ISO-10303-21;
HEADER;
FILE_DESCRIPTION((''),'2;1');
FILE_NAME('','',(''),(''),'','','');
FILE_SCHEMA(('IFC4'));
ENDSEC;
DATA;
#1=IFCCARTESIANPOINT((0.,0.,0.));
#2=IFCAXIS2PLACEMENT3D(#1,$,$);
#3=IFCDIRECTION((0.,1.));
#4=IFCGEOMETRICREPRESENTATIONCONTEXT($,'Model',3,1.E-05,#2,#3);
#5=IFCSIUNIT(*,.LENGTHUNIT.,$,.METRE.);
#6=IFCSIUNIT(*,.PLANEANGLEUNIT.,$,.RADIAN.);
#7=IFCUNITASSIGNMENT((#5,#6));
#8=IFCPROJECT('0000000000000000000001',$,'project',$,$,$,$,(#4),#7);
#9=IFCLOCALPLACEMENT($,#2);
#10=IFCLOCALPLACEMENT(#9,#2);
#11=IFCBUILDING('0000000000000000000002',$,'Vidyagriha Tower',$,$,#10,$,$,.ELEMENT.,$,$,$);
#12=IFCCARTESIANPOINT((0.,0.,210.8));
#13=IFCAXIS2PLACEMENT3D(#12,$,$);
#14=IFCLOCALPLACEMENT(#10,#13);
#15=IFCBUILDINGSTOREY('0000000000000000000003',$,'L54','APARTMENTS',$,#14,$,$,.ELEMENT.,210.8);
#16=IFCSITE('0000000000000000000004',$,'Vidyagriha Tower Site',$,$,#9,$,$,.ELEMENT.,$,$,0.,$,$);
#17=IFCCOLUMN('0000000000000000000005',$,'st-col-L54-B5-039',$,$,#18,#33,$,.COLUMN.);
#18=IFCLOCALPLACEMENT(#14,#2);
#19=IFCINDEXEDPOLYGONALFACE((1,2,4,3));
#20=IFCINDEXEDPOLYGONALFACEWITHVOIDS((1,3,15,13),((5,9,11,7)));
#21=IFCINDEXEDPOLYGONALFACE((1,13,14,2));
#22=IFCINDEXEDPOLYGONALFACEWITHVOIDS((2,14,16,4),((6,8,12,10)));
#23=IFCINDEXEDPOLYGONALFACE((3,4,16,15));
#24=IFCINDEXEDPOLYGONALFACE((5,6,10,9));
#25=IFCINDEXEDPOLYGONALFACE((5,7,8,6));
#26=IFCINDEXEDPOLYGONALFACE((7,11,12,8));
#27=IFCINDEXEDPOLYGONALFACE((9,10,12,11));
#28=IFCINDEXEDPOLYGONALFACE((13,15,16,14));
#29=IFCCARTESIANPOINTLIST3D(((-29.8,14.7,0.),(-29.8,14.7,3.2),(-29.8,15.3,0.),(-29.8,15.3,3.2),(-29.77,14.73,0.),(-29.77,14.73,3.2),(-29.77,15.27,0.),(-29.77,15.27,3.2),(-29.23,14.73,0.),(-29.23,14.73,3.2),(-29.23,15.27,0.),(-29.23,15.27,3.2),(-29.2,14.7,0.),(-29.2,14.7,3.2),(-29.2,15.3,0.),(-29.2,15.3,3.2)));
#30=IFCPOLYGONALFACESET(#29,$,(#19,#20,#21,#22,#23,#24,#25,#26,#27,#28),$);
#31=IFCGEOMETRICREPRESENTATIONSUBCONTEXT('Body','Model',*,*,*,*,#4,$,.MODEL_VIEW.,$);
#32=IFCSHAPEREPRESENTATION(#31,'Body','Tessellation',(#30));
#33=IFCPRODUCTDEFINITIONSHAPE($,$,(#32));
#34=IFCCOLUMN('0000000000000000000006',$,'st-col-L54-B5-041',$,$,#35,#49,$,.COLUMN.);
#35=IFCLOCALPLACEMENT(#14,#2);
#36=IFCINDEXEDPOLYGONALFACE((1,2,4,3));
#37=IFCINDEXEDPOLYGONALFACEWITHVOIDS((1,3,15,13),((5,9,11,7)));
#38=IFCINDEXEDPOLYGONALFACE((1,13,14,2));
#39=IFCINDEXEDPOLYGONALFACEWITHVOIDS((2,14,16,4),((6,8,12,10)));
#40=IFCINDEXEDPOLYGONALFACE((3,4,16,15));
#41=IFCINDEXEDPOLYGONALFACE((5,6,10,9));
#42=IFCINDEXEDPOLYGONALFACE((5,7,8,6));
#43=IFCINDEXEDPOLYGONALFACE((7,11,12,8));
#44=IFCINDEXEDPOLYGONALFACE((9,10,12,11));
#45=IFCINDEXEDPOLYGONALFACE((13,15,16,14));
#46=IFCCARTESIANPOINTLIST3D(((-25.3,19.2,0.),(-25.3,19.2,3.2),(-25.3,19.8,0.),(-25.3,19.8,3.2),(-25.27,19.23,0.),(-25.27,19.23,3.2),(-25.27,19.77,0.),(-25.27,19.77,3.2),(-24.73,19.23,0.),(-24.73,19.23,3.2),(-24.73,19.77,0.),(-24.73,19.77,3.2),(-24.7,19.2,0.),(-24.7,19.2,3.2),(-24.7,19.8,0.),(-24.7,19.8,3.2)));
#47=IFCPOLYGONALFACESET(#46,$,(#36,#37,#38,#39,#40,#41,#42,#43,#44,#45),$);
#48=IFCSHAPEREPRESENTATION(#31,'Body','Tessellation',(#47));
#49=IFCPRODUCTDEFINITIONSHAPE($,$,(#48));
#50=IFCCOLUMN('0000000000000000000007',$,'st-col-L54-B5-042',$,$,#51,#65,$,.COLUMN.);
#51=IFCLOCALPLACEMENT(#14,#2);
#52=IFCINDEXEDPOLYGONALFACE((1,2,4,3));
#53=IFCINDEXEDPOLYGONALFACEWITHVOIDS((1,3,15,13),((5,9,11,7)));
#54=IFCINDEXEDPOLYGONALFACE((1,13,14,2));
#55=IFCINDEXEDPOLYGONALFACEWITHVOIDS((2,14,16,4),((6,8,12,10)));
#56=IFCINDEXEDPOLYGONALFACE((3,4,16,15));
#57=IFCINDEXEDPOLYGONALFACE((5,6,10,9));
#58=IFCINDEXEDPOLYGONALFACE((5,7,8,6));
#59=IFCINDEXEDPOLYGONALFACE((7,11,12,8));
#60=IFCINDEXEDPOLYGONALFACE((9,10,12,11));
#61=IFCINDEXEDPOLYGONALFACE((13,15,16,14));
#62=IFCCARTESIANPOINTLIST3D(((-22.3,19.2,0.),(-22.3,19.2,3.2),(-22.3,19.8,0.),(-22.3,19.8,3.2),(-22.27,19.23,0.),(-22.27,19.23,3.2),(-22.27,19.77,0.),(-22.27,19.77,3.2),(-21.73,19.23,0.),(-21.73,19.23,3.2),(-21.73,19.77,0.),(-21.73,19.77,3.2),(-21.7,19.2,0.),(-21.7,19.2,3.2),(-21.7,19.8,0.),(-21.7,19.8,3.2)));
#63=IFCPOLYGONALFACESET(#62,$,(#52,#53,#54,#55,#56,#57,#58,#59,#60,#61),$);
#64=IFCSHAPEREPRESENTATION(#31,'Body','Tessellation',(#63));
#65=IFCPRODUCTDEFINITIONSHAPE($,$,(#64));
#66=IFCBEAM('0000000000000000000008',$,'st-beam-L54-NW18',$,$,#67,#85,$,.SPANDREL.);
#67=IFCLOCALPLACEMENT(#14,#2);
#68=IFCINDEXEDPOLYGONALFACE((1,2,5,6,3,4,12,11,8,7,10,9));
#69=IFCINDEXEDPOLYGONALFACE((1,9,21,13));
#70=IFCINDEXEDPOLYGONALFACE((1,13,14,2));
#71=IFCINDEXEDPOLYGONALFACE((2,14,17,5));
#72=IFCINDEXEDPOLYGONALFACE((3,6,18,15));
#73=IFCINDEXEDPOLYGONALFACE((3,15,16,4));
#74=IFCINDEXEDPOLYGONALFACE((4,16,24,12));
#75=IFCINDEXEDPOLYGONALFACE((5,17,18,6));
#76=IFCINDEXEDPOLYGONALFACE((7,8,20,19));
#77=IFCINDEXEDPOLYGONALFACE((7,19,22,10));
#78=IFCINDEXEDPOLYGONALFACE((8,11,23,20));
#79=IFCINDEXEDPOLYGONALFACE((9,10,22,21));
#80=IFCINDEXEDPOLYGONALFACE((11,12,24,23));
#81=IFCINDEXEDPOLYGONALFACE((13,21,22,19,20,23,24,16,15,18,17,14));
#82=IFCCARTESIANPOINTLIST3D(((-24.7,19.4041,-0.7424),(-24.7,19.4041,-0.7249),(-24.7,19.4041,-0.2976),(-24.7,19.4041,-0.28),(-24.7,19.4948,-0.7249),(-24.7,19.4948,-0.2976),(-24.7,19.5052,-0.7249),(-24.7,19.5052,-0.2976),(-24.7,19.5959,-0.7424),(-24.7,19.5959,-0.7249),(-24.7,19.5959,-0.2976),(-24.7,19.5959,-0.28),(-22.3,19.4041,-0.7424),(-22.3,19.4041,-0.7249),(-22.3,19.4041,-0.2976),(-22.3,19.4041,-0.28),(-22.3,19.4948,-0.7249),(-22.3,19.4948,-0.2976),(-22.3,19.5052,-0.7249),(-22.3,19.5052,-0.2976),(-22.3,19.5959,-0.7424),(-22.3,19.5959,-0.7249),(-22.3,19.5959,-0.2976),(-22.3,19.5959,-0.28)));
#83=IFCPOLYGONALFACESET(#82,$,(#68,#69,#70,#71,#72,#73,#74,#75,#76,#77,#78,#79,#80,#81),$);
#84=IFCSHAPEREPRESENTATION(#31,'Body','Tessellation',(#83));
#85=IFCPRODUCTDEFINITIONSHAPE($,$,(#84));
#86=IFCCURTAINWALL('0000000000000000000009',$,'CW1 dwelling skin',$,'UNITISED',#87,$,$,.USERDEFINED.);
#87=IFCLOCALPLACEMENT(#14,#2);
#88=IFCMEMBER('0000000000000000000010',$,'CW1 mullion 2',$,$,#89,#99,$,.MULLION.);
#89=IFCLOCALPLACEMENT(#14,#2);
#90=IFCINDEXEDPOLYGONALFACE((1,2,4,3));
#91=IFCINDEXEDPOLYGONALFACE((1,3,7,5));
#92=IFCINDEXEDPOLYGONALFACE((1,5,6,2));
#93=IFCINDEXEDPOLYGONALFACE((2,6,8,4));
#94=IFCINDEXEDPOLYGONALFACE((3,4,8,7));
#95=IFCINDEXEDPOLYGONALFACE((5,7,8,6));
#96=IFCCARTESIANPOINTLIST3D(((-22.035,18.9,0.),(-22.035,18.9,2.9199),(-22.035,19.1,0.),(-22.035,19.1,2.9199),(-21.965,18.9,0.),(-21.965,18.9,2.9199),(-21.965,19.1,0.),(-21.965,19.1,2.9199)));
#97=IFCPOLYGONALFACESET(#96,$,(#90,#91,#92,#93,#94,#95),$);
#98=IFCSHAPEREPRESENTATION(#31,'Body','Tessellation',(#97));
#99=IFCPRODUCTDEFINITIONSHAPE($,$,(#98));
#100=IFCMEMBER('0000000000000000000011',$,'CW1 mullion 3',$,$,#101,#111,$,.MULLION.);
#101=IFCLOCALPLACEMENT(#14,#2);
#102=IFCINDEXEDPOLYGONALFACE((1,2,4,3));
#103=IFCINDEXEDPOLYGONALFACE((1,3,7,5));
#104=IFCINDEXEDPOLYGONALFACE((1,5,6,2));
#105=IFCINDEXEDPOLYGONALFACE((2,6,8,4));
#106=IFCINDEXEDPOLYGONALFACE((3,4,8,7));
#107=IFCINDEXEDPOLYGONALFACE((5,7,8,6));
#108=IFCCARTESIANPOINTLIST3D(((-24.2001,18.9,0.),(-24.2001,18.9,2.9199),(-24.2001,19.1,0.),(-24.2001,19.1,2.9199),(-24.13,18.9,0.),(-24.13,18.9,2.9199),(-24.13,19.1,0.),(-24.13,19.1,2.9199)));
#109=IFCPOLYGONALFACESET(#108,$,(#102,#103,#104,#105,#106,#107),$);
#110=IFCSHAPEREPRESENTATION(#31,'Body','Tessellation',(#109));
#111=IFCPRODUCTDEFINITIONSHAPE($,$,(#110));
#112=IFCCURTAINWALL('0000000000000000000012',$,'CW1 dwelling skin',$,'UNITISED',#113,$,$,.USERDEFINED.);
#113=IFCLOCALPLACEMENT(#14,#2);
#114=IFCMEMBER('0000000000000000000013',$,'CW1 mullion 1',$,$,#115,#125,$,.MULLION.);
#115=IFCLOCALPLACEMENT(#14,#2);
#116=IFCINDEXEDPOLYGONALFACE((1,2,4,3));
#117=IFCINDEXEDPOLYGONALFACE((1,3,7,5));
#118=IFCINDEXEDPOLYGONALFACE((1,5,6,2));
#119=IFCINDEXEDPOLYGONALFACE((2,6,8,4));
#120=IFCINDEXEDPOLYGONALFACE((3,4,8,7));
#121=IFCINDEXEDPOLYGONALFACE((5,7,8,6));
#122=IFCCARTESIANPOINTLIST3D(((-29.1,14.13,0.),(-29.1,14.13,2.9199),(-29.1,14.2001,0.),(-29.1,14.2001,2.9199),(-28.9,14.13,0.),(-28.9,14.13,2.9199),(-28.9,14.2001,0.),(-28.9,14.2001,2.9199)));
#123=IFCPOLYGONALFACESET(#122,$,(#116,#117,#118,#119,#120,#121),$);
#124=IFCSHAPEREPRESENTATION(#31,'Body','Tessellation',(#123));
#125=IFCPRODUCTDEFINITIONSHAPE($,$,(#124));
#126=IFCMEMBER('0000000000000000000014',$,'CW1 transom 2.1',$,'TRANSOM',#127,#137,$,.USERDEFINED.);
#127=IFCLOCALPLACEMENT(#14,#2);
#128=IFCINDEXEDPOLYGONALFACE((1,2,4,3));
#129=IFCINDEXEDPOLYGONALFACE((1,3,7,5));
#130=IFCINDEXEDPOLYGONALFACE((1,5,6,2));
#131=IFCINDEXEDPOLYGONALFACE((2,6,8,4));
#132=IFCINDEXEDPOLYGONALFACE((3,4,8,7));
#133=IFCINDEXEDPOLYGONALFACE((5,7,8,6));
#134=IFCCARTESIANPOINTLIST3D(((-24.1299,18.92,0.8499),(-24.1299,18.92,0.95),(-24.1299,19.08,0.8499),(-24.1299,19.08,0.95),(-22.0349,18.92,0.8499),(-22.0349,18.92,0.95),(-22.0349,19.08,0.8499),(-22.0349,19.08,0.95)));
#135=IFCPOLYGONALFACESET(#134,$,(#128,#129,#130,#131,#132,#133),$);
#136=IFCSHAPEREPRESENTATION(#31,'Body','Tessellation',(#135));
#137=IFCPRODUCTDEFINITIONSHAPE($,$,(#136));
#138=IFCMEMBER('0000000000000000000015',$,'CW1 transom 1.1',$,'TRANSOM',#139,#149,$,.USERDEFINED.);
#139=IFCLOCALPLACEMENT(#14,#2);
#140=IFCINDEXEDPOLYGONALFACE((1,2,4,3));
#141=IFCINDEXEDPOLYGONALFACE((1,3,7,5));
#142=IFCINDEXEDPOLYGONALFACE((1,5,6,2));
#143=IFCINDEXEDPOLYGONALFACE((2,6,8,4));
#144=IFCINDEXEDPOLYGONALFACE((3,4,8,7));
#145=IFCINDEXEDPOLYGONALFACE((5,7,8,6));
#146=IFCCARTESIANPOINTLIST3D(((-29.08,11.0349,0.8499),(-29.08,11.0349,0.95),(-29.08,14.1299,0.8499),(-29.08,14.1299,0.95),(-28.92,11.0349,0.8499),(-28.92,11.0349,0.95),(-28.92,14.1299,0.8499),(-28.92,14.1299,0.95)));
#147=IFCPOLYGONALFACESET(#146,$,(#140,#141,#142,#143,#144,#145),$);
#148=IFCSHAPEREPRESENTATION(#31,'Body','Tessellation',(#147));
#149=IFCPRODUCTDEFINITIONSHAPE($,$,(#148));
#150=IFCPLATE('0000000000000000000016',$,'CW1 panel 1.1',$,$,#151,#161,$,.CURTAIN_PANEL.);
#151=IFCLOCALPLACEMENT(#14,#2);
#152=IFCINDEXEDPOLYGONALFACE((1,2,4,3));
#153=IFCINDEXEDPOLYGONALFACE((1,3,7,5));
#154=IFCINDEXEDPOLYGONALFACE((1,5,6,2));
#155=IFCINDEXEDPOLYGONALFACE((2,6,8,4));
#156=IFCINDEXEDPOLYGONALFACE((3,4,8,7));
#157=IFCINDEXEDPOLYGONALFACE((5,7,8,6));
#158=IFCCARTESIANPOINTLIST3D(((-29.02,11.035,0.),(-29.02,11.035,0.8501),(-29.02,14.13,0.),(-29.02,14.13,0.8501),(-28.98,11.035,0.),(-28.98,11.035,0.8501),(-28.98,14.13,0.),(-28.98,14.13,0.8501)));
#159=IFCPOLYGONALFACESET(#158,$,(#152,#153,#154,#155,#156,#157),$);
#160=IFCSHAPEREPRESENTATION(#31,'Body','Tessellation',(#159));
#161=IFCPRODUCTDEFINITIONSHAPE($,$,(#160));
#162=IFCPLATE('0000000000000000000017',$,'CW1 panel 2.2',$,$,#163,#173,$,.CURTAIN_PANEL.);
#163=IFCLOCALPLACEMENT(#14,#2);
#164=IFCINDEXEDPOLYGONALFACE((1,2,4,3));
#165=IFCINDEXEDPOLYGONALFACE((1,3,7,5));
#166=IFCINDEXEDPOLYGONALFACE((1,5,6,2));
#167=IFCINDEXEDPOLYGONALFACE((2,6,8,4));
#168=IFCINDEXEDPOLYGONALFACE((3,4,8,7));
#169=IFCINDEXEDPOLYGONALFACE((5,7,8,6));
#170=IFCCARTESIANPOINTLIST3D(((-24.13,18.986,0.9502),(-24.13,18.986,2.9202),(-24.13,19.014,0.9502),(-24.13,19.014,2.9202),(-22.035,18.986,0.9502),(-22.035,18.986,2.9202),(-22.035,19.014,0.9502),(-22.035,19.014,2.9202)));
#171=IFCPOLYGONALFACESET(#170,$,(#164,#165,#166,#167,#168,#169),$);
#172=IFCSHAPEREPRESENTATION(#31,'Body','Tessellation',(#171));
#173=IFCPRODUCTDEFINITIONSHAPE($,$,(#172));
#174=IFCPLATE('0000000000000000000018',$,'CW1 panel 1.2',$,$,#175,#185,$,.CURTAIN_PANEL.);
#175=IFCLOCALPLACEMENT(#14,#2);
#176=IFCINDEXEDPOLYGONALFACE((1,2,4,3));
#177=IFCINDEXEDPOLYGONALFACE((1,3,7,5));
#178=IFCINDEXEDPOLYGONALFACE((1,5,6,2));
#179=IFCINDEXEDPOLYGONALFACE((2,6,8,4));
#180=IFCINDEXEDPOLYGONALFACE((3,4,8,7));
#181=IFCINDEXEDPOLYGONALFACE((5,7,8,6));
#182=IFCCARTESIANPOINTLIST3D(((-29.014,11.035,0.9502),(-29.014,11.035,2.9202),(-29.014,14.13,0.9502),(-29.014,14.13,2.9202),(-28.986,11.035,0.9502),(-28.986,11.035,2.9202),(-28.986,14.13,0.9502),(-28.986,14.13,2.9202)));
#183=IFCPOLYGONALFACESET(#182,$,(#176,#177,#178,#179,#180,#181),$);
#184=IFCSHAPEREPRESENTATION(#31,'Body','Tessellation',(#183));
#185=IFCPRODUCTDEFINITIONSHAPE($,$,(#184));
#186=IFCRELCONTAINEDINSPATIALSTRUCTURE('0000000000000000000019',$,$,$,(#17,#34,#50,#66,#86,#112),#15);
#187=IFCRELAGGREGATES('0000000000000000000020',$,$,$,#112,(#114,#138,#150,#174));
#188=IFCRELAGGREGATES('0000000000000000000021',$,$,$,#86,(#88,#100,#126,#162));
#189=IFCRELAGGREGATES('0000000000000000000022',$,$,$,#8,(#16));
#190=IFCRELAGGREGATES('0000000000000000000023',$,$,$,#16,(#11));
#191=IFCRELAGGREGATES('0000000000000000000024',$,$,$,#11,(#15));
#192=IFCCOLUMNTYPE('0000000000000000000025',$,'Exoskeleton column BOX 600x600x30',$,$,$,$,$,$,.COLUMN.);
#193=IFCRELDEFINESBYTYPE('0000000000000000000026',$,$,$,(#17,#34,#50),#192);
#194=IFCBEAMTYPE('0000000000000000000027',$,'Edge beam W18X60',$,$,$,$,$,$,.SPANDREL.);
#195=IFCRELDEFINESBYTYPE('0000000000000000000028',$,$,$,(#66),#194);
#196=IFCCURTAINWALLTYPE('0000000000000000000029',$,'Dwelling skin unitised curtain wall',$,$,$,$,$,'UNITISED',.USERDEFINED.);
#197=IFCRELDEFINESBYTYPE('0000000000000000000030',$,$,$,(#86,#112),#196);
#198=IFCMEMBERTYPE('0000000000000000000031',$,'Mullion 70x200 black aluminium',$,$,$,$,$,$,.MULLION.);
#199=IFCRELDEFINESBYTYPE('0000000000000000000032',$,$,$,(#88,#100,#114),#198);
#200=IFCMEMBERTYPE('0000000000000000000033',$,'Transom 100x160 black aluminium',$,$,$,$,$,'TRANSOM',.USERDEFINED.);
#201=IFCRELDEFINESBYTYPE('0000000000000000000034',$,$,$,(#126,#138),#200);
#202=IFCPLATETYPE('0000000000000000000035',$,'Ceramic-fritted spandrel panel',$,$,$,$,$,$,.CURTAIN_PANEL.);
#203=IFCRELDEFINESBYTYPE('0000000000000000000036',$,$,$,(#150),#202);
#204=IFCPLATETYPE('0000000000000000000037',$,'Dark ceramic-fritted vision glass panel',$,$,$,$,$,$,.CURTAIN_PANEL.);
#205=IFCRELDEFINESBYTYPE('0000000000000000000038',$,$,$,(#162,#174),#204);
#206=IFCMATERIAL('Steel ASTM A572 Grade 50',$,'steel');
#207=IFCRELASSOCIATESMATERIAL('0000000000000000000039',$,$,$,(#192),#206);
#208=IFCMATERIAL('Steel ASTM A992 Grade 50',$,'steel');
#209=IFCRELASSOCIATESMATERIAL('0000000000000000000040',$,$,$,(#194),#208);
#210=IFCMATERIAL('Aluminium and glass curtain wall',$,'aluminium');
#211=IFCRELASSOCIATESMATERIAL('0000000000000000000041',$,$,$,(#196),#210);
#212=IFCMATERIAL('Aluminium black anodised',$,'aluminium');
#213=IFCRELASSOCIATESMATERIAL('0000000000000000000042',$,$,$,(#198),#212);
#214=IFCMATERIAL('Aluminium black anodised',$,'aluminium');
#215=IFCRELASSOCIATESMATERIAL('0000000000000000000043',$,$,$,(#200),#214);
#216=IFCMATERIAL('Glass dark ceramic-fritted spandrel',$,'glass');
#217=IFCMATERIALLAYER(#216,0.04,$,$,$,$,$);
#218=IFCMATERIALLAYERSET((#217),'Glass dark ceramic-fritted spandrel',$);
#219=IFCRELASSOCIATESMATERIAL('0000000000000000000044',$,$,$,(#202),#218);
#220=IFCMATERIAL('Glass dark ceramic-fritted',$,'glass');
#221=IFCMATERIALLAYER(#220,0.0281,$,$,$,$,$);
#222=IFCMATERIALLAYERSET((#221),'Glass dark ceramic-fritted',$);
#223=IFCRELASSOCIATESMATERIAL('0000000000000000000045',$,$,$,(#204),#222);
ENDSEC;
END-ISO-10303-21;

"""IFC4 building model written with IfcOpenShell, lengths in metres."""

from ifc_helpers import new_model, si_unit, direction, frame, origin, origin_2d, place, context, subcontext, project, spatial, rectangle, hollow_rectangle, i_section, extrude, material, layer, layer_set, material_profile, profile_set, type_object, element, aggregate, save


model = new_model("IFC4")

# Units and contexts
model_context = context("Model", 3, precision=1e-05, world=origin(), true_north=direction((0.0, 1.0)))
body_context = subcontext(model_context, "Body", "Model", "MODEL_VIEW")
ifc_project = project(units=[si_unit("LENGTHUNIT", "METRE"), si_unit("PLANEANGLEUNIT", "RADIAN")], contexts=[model_context])

# Site, building, storey
site_placement = place(None, origin())
site = spatial("IfcSite", under=ifc_project, at=site_placement, Name="Vidyagriha Tower Site", CompositionType="ELEMENT", RefElevation=0.0)
building_placement = place(site_placement, origin())
building = spatial("IfcBuilding", under=site, at=building_placement, Name="Vidyagriha Tower", CompositionType="ELEMENT")
storey_placement = place(building_placement, frame((0.0, 0.0, 210.8)))
storey = spatial("IfcBuildingStorey", under=building, at=storey_placement, Name="L54", Description="APARTMENTS", CompositionType="ELEMENT", Elevation=210.8)

# Columns
ifc_material_1 = material(Name="Steel ASTM A572 Grade 50", Category="steel")
ifc_material_profile_1 = material_profile(ifc_material_1, hollow_rectangle(XDim=0.6001, YDim=0.6001, WallThickness=0.03, at=origin_2d()), Name="BOX 600x600x30")
ifc_profile_set_1 = profile_set([ifc_material_profile_1], Name="Steel ASTM A572 Grade 50")
column_type = type_object("IfcColumnType", Name="Exoskeleton column BOX 600x600x30", PredefinedType="COLUMN", material=ifc_profile_set_1)
for number, where, name in (
    (1, (-29.5, 15.0, 0.0), "st-col-L54-B5-039"),
    (2, (-25.0, 19.5, 0.0), "st-col-L54-B5-041"),
    (3, (-22.0, 19.5, 0.0), "st-col-L54-B5-042"),
):
    element("IfcColumn", number, at=place(storey_placement, frame(where)), inside=storey, type_object=column_type, Name=name, PredefinedType="COLUMN", context=body_context, shape_type="SweptSolid", body=[
        extrude(hollow_rectangle(XDim=0.6001, YDim=0.6001, WallThickness=0.03, at=origin_2d()), origin(), (0.0, 0.0, 1.0), 3.2),
    ])

# Beam
ifc_material_2 = material(Name="Steel ASTM A992 Grade 50", Category="steel")
ifc_material_profile_2 = material_profile(ifc_material_2, i_section(OverallWidth=0.1919, OverallDepth=0.4624, WebThickness=0.0105, FlangeThickness=0.0176, at=origin_2d()), Name="W18X60")
ifc_profile_set_2 = profile_set([ifc_material_profile_2], Name="Steel ASTM A992 Grade 50")
beam_type = type_object("IfcBeamType", Name="Edge beam W18X60", PredefinedType="SPANDREL", material=ifc_profile_set_2)
beam_placement = place(storey_placement, frame((-24.7, 19.5, -0.5112), z_axis=(1.0, 0.0, 0.0), x_axis=(0.0, 1.0, 0.0)))
element("IfcBeam", 4, at=beam_placement, inside=storey, type_object=beam_type, Name="st-beam-L54-NW18", PredefinedType="SPANDREL", context=body_context, shape_type="SweptSolid", body=[
    extrude(i_section(OverallWidth=0.1919, OverallDepth=0.4624, WebThickness=0.0105, FlangeThickness=0.0176, at=origin_2d()), origin(), (0.0, 0.0, 1.0), 2.3999),
])

# Curtain wall, members
ifc_material_3 = material(Name="Aluminium and glass curtain wall", Category="aluminium")
curtain_wall_type = type_object("IfcCurtainWallType", Name="Dwelling skin unitised curtain wall", ElementType="UNITISED", PredefinedType="USERDEFINED", material=ifc_material_3)
curtain_wall_1_placement = place(storey_placement, origin())
curtain_wall_1 = element("IfcCurtainWall", 5, at=curtain_wall_1_placement, inside=storey, type_object=curtain_wall_type, Name="CW1 dwelling skin", ObjectType="UNITISED", PredefinedType="USERDEFINED")
ifc_material_4 = material(Name="Aluminium black anodised", Category="aluminium")
ifc_material_profile_3 = material_profile(ifc_material_4, rectangle(XDim=0.2, YDim=0.0701, at=origin_2d()), Name="Mullion 70x200 black aluminium")
ifc_profile_set_3 = profile_set([ifc_material_profile_3], Name="Aluminium black anodised")
member_type_1 = type_object("IfcMemberType", Name="Mullion 70x200 black aluminium", PredefinedType="MULLION", material=ifc_profile_set_3)
member_1_placement = place(storey_placement, frame((-22.0, 19.0, 0.0), z_axis=(0.0, 0.0, 1.0), x_axis=(0.0, -1.0, 0.0)))
member_1 = element("IfcMember", 6, at=member_1_placement, type_object=member_type_1, Name="CW1 mullion 2", PredefinedType="MULLION", context=body_context, shape_type="SweptSolid", body=[
    extrude(rectangle(XDim=0.2, YDim=0.0701, at=origin_2d()), origin(), (0.0, 0.0, 1.0), 2.9199),
])
member_2_placement = place(storey_placement, frame((-24.165, 19.0, 0.0), z_axis=(0.0, 0.0, 1.0), x_axis=(0.0, -1.0, 0.0)))
member_2 = element("IfcMember", 7, at=member_2_placement, type_object=member_type_1, Name="CW1 mullion 3", PredefinedType="MULLION", context=body_context, shape_type="SweptSolid", body=[
    extrude(rectangle(XDim=0.2, YDim=0.0701, at=origin_2d()), origin(), (0.0, 0.0, 1.0), 2.9199),
])

# Curtain wall, member
curtain_wall_2_placement = place(storey_placement, origin())
curtain_wall_2 = element("IfcCurtainWall", 8, at=curtain_wall_2_placement, inside=storey, type_object=curtain_wall_type, Name="CW1 dwelling skin", ObjectType="UNITISED", PredefinedType="USERDEFINED")
member_3_placement = place(storey_placement, frame((-29.0, 14.165, 0.0)))
member_3 = element("IfcMember", 9, at=member_3_placement, type_object=member_type_1, Name="CW1 mullion 1", PredefinedType="MULLION", context=body_context, shape_type="SweptSolid", body=[
    extrude(rectangle(XDim=0.2, YDim=0.0701, at=origin_2d()), origin(), (0.0, 0.0, 1.0), 2.9199),
])

# Members
ifc_material_5 = material(Name="Aluminium black anodised", Category="aluminium")
ifc_material_profile_4 = material_profile(ifc_material_5, rectangle(XDim=0.1599, YDim=0.1001, at=origin_2d()), Name="Transom 100x160 black aluminium")
ifc_profile_set_4 = profile_set([ifc_material_profile_4], Name="Aluminium black anodised")
member_type_2 = type_object("IfcMemberType", Name="Transom 100x160 black aluminium", ElementType="TRANSOM", PredefinedType="USERDEFINED", material=ifc_profile_set_4)
member_4_placement = place(storey_placement, frame((-22.0349, 19.0, 0.8999), z_axis=(-1.0, 0.0, 0.0), x_axis=(0.0, -1.0, 0.0)))
member_4 = element("IfcMember", 10, at=member_4_placement, type_object=member_type_2, Name="CW1 transom 2.1", ObjectType="TRANSOM", PredefinedType="USERDEFINED", context=body_context, shape_type="SweptSolid", body=[
    extrude(rectangle(XDim=0.1599, YDim=0.1001, at=origin_2d()), origin(), (0.0, 0.0, 1.0), 2.095),
])
member_5_placement = place(storey_placement, frame((-29.0, 14.1299, 0.8999), z_axis=(0.0, -1.0, 0.0), x_axis=(1.0, 0.0, 0.0)))
member_5 = element("IfcMember", 11, at=member_5_placement, type_object=member_type_2, Name="CW1 transom 1.1", ObjectType="TRANSOM", PredefinedType="USERDEFINED", context=body_context, shape_type="SweptSolid", body=[
    extrude(rectangle(XDim=0.1599, YDim=0.1001, at=origin_2d()), origin(), (0.0, 0.0, 1.0), 3.095),
])

# Plates
ifc_material_6 = material(Name="Glass dark ceramic-fritted spandrel", Category="glass")
ifc_layer_1 = layer(ifc_material_6, 0.04)
ifc_layer_set_1 = layer_set([ifc_layer_1], Name="Glass dark ceramic-fritted spandrel")
plate_type_1 = type_object("IfcPlateType", Name="Ceramic-fritted spandrel panel", PredefinedType="CURTAIN_PANEL", material=ifc_layer_set_1)
plate_1_placement = place(storey_placement, frame((-29.0, 12.5825, 0.0), z_axis=(0.0, 0.0, 1.0), x_axis=(0.0, -1.0, 0.0)))
plate_1 = element("IfcPlate", 12, at=plate_1_placement, type_object=plate_type_1, Name="CW1 panel 1.1", PredefinedType="CURTAIN_PANEL", context=body_context, shape_type="SweptSolid", body=[
    extrude(rectangle(XDim=3.095, YDim=0.04, at=origin_2d()), origin(), (0.0, 0.0, 1.0), 0.8501),
])
ifc_material_7 = material(Name="Glass dark ceramic-fritted", Category="glass")
ifc_layer_2 = layer(ifc_material_7, 0.0281)
ifc_layer_set_2 = layer_set([ifc_layer_2], Name="Glass dark ceramic-fritted")
plate_type_2 = type_object("IfcPlateType", Name="Dark ceramic-fritted vision glass panel", PredefinedType="CURTAIN_PANEL", material=ifc_layer_set_2)
plate_2_placement = place(storey_placement, frame((-23.0825, 19.0, 0.9502), z_axis=(0.0, 0.0, 1.0), x_axis=(-1.0, 0.0, 0.0)))
plate_2 = element("IfcPlate", 13, at=plate_2_placement, type_object=plate_type_2, Name="CW1 panel 2.2", PredefinedType="CURTAIN_PANEL", context=body_context, shape_type="SweptSolid", body=[
    extrude(rectangle(XDim=2.095, YDim=0.0281, at=origin_2d()), origin(), (0.0, 0.0, 1.0), 1.97),
])
plate_3_placement = place(storey_placement, frame((-29.0, 12.5825, 0.9502), z_axis=(0.0, 0.0, 1.0), x_axis=(0.0, -1.0, 0.0)))
plate_3 = element("IfcPlate", 14, at=plate_3_placement, type_object=plate_type_2, Name="CW1 panel 1.2", PredefinedType="CURTAIN_PANEL", context=body_context, shape_type="SweptSolid", body=[
    extrude(rectangle(XDim=3.095, YDim=0.0281, at=origin_2d()), origin(), (0.0, 0.0, 1.0), 1.97),
])
aggregate(curtain_wall_2, [member_3, member_5, plate_1, plate_3])
aggregate(curtain_wall_1, [member_1, member_2, member_4, plate_2])

save(model, "model.ifc")
